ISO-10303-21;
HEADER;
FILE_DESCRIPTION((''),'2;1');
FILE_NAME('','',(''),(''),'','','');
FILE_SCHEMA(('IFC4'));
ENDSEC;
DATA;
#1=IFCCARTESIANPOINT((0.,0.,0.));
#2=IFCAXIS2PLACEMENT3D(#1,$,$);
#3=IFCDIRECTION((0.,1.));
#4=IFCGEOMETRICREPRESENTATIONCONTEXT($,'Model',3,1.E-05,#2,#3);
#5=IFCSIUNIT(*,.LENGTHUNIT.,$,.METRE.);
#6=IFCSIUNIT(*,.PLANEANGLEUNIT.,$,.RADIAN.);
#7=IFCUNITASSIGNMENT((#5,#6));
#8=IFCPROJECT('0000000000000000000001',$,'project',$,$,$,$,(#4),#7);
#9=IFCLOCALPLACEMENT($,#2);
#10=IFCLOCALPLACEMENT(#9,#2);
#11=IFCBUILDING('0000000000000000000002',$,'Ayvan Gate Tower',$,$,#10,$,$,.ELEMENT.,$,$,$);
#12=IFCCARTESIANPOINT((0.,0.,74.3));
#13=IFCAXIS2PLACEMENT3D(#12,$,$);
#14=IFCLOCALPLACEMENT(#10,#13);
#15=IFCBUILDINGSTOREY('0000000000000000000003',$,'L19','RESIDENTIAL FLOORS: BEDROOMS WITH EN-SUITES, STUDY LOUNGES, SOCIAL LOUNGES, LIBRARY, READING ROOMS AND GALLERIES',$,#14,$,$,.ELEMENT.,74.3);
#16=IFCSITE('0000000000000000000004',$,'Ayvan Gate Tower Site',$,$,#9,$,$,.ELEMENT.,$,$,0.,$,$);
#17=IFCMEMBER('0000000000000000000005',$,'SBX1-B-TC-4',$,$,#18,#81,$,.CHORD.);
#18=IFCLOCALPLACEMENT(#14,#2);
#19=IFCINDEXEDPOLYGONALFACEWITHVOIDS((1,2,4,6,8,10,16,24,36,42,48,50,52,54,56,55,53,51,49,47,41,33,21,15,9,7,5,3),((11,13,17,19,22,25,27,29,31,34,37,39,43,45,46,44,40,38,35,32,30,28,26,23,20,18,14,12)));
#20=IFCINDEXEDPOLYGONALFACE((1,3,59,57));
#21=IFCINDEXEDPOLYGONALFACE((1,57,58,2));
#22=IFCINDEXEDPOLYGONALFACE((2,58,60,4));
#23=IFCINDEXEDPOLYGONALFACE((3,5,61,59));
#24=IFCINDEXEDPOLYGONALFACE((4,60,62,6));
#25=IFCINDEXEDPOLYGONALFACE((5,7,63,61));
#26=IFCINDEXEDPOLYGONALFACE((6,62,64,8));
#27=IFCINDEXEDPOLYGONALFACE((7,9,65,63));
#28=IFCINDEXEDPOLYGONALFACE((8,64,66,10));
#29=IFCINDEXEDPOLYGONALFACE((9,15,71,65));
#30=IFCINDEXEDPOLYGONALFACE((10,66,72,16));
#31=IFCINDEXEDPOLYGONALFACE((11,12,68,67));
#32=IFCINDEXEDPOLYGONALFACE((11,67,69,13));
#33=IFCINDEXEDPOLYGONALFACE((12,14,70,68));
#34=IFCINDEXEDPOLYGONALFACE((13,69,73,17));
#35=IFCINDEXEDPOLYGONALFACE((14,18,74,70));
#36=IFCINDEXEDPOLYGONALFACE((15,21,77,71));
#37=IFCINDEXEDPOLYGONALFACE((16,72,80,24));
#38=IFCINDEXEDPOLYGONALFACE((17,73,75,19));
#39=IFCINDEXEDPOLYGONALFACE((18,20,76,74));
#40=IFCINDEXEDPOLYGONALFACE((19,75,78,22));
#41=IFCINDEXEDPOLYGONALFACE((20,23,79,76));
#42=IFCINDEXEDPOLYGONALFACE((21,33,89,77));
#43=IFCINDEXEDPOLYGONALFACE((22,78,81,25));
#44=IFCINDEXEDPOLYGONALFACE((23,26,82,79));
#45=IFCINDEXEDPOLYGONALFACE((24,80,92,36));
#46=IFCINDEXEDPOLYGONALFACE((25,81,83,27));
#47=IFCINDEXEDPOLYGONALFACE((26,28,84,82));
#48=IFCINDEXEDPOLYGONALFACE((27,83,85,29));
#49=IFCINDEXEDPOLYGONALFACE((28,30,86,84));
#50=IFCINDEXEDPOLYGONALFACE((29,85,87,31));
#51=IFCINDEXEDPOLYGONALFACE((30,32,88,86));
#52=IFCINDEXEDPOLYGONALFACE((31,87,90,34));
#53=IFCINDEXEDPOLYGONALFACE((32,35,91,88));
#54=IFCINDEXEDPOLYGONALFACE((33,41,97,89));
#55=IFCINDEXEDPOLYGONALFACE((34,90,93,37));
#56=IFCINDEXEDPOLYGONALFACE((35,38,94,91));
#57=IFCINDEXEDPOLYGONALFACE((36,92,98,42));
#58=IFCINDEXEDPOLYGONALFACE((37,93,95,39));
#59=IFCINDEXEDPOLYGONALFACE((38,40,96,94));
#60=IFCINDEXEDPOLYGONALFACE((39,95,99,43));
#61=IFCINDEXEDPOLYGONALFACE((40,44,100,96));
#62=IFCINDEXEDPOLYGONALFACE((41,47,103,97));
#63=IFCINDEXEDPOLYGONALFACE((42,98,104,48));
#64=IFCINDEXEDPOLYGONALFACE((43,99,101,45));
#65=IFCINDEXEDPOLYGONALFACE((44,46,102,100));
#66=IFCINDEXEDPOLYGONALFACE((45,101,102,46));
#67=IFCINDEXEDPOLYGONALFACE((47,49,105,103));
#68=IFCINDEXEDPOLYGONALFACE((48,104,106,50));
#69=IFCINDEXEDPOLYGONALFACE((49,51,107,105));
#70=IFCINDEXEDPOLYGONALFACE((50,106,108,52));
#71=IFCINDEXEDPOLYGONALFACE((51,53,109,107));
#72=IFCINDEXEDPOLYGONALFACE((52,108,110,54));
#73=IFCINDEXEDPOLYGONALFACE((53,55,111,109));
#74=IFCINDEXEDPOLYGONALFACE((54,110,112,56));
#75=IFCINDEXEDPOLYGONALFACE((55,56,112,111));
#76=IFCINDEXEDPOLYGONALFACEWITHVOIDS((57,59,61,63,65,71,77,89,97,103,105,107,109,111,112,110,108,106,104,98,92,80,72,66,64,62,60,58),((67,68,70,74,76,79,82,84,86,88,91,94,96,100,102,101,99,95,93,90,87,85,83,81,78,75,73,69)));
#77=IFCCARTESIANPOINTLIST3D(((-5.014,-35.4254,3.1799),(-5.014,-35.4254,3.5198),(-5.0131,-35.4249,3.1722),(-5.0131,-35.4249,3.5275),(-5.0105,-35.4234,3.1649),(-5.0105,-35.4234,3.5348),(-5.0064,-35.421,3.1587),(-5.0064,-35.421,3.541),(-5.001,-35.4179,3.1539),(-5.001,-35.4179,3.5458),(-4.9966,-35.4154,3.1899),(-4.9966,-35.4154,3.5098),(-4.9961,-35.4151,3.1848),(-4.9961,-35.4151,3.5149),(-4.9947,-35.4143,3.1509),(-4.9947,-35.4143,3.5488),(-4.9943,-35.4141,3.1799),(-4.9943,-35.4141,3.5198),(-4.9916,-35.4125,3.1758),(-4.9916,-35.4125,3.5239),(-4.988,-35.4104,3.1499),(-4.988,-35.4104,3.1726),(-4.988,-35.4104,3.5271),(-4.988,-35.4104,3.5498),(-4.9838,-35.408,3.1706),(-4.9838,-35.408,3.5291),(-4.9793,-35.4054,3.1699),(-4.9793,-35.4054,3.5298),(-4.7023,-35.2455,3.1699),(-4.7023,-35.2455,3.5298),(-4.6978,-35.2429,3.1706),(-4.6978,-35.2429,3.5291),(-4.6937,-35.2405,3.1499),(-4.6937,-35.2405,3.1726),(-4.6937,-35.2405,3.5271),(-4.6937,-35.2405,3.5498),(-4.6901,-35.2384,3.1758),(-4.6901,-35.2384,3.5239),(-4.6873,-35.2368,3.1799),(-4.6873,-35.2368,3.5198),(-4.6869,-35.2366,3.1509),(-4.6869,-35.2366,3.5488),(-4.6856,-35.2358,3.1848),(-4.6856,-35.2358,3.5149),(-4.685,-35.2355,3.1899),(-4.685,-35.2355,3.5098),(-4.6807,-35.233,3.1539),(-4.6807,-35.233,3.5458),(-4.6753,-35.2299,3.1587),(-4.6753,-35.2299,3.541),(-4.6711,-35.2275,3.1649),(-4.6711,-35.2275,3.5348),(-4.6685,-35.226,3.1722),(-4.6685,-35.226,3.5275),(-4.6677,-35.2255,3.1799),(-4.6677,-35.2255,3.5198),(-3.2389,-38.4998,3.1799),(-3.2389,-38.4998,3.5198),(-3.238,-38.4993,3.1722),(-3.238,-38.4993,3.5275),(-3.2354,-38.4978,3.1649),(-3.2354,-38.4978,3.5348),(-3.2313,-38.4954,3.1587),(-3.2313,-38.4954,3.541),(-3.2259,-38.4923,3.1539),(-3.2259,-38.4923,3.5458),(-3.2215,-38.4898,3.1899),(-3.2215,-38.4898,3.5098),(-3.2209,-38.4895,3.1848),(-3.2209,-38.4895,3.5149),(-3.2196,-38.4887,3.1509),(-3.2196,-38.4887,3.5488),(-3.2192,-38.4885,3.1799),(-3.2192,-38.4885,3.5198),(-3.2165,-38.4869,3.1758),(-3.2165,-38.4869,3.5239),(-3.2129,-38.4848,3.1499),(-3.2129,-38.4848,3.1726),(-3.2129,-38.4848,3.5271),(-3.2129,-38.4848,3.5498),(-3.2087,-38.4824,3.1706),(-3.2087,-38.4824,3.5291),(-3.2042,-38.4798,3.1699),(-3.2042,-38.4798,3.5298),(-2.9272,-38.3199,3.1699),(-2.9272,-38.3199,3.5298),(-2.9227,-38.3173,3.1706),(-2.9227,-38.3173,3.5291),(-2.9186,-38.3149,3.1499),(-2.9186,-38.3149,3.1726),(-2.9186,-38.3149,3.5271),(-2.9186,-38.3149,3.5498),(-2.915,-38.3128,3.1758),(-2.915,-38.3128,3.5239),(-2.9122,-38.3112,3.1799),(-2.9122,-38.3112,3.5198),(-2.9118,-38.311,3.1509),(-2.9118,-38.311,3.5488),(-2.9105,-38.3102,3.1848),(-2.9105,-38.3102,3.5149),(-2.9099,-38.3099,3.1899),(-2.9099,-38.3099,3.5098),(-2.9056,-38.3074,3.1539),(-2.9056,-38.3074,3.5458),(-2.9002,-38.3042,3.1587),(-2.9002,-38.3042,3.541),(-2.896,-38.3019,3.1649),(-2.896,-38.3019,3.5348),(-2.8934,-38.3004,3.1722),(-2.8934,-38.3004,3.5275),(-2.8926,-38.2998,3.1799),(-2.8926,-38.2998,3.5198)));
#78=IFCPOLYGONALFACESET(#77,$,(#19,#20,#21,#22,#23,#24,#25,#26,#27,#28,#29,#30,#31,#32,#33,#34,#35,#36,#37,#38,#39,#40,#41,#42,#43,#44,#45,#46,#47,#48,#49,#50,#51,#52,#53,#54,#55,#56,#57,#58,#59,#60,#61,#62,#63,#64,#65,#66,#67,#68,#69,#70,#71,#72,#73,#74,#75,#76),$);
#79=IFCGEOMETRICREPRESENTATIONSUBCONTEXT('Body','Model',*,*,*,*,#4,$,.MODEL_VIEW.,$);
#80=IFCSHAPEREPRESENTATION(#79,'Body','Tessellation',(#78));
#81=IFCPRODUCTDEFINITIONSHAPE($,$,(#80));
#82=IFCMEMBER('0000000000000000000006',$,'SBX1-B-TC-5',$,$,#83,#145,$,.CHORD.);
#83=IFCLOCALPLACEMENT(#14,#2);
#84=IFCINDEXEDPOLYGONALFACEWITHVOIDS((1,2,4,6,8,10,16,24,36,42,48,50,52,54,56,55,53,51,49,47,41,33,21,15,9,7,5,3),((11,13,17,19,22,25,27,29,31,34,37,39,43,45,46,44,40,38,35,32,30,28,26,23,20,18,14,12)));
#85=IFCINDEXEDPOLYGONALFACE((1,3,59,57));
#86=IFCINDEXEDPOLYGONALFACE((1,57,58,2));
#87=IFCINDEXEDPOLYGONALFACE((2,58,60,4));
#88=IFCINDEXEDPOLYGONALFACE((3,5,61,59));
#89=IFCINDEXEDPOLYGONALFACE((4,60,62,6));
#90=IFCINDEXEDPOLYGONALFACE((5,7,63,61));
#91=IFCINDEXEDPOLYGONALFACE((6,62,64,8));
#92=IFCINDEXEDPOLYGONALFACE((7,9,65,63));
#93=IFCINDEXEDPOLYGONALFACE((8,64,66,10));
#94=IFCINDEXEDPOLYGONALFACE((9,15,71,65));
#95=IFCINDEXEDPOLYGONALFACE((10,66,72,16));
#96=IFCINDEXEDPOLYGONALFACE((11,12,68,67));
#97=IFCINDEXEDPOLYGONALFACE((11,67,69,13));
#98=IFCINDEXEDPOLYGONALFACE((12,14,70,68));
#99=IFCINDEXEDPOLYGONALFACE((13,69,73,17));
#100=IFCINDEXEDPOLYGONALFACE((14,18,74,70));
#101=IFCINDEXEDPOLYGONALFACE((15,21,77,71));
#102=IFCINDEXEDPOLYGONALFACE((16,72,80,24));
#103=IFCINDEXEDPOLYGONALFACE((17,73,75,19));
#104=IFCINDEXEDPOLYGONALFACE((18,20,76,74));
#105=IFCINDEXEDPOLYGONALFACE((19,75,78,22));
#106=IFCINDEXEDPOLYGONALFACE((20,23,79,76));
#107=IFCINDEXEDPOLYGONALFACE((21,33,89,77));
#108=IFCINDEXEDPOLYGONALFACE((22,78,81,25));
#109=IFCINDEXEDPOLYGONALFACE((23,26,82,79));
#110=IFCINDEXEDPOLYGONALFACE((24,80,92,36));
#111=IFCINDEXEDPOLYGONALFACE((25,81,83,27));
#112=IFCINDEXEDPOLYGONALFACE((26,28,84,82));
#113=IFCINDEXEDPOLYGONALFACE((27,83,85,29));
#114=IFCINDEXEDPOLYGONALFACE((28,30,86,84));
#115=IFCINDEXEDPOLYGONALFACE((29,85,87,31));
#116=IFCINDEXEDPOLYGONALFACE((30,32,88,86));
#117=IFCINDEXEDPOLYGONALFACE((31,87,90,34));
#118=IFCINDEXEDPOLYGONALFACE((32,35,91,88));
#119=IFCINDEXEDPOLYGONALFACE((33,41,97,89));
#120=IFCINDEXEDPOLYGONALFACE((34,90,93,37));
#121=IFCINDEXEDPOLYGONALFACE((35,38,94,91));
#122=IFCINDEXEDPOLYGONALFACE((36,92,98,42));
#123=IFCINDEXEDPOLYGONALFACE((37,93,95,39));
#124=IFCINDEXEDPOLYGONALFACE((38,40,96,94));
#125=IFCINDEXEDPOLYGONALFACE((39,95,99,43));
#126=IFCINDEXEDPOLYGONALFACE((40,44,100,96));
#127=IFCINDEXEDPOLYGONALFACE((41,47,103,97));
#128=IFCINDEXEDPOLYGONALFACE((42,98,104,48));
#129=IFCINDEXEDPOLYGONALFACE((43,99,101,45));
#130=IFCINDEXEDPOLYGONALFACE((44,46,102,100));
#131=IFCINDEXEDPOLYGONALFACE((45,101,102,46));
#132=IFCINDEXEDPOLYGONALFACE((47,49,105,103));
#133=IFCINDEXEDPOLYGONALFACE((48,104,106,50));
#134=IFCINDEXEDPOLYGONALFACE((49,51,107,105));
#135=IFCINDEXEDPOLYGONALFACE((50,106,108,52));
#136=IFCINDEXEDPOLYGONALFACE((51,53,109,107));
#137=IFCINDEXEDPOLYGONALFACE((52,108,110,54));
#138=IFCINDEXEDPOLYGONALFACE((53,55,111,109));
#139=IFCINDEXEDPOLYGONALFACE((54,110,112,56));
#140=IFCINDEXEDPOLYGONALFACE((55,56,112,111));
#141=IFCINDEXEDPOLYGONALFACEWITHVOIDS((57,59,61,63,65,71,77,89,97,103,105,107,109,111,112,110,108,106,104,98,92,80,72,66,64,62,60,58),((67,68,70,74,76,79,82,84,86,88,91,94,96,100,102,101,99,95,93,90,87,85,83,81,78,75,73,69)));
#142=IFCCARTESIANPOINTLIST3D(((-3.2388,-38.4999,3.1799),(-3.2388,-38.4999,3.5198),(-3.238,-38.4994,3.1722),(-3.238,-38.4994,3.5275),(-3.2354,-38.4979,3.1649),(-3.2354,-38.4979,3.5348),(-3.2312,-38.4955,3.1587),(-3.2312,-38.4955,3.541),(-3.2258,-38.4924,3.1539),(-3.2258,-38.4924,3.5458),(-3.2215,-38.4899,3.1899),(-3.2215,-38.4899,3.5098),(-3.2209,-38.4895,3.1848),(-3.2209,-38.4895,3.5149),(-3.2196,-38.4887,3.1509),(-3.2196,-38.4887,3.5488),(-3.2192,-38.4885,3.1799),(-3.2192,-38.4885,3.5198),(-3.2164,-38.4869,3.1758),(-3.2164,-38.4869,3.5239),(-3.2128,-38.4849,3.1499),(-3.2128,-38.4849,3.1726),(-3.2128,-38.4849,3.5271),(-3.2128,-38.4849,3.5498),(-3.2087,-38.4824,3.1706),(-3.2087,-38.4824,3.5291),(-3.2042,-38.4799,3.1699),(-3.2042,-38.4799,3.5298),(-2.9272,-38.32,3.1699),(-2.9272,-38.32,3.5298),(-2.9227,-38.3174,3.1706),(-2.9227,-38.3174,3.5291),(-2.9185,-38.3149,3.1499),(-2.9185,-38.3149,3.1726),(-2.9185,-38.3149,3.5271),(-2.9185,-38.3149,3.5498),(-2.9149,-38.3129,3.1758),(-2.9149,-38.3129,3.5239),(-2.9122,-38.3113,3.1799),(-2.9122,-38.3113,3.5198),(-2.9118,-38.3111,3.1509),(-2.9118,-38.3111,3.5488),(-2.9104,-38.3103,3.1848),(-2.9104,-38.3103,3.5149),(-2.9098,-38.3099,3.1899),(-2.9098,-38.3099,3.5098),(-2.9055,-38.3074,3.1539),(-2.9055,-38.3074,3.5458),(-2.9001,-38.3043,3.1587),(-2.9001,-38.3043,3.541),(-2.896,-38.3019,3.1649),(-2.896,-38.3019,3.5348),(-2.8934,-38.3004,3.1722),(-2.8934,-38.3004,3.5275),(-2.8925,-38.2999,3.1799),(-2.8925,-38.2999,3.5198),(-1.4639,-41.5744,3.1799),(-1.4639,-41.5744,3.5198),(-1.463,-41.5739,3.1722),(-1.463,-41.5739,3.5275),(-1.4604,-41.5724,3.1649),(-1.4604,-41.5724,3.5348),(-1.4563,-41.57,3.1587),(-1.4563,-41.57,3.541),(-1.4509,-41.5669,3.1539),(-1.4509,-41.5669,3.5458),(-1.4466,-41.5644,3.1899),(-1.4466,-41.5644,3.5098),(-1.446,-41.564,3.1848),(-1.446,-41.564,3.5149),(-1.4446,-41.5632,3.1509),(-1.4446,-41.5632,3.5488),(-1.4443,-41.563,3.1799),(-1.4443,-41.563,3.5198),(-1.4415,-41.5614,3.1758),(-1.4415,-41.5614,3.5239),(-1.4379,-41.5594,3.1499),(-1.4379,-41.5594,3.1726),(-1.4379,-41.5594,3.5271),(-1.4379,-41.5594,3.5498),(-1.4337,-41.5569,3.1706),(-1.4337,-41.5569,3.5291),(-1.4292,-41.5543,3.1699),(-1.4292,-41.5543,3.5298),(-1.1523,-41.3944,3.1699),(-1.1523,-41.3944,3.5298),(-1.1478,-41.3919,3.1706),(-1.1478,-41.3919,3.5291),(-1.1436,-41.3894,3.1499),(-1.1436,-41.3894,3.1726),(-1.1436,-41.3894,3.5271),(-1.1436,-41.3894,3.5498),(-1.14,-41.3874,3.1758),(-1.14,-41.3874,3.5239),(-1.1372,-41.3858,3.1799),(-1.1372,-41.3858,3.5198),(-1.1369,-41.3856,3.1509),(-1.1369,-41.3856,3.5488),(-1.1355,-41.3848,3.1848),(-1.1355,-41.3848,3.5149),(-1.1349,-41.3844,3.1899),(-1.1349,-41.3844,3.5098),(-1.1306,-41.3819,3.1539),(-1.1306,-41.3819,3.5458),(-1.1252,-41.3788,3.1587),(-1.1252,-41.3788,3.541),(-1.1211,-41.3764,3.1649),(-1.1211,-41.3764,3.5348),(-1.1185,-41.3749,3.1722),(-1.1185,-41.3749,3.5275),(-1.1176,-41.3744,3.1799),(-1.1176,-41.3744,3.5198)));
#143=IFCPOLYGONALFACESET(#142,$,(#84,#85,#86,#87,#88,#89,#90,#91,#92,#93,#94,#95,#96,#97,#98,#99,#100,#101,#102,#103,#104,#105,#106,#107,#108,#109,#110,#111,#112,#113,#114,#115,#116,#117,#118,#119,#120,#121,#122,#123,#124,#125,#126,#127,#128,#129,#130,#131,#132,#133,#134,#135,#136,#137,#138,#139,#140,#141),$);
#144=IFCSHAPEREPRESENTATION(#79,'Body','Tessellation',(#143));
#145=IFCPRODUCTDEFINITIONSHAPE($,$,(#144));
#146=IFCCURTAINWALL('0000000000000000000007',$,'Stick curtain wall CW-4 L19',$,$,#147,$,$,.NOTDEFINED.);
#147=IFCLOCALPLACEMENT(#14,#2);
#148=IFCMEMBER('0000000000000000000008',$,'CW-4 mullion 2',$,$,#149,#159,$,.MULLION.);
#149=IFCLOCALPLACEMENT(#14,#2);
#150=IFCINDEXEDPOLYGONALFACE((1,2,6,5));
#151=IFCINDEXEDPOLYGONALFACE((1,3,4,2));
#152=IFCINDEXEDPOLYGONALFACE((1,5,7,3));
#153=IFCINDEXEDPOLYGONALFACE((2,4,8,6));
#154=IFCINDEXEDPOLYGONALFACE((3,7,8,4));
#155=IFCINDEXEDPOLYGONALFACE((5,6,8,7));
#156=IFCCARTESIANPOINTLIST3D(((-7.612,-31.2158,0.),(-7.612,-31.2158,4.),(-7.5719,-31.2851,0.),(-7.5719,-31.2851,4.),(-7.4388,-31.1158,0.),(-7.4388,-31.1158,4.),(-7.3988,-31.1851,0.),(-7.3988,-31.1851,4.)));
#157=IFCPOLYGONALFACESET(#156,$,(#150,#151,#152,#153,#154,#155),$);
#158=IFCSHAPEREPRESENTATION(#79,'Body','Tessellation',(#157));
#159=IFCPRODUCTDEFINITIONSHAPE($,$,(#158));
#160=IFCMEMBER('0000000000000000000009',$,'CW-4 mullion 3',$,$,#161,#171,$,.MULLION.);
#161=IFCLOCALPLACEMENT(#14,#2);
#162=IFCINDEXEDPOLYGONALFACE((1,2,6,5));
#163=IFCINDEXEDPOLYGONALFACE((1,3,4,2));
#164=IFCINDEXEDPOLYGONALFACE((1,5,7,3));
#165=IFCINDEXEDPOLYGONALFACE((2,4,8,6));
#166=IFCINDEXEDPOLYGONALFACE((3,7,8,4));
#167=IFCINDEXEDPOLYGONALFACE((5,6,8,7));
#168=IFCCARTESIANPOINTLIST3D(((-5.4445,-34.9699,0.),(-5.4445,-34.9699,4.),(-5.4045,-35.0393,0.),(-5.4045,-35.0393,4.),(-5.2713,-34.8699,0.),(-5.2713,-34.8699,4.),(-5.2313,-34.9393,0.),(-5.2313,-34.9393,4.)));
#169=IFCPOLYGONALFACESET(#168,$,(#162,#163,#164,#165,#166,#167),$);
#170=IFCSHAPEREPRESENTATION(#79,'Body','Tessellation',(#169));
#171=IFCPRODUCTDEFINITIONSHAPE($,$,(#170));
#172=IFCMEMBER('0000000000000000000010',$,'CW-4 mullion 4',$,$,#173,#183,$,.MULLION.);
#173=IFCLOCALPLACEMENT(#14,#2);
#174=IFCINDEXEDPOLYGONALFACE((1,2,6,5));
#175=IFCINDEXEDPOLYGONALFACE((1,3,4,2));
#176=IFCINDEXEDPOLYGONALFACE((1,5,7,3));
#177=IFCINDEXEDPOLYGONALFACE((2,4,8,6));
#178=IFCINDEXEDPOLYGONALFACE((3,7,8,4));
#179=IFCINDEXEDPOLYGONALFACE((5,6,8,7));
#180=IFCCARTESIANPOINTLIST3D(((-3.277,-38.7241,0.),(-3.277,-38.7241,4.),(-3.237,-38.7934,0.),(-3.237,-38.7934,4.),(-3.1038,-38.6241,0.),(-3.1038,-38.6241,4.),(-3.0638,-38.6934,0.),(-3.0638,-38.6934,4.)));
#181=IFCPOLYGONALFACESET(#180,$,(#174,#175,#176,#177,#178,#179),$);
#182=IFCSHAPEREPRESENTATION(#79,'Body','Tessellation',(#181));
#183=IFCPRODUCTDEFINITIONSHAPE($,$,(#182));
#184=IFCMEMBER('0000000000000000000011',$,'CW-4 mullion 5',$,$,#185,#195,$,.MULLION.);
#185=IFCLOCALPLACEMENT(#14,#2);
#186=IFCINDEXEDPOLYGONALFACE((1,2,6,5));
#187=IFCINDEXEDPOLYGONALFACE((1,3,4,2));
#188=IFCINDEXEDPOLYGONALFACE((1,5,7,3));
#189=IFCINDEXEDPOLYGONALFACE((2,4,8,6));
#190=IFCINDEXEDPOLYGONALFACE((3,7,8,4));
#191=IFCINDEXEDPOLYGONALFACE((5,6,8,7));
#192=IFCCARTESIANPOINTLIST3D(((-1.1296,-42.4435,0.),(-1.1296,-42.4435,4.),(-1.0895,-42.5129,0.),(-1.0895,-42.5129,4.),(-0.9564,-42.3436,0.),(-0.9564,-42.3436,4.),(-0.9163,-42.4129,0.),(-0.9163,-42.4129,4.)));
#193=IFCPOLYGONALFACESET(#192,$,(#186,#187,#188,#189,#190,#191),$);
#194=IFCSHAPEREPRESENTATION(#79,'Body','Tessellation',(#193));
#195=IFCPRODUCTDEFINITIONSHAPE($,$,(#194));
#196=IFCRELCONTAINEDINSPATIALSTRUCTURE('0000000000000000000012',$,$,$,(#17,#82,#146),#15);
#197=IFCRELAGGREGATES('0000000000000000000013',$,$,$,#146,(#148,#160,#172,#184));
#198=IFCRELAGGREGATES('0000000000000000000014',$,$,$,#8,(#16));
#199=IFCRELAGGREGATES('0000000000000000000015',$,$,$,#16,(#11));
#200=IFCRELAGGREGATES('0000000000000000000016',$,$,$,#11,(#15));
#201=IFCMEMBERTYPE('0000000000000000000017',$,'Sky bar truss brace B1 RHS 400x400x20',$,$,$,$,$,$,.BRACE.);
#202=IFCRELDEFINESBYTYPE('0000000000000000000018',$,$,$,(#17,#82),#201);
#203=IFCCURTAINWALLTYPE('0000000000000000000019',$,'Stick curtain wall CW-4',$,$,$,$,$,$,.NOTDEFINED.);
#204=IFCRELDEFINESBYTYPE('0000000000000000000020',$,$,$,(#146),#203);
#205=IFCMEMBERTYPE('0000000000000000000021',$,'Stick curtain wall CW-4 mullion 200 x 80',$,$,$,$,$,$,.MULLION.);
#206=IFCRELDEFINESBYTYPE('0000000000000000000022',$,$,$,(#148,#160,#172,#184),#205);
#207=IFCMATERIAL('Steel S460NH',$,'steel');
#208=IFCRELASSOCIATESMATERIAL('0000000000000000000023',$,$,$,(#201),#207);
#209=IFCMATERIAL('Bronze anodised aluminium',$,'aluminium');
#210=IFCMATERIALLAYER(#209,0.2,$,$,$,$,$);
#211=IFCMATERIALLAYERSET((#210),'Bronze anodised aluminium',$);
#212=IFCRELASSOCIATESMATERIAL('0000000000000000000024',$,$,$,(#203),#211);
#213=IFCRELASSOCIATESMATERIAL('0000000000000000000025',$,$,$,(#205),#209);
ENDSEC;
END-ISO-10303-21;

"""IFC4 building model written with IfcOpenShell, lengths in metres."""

from ifc_helpers import new_model, si_unit, direction, frame, origin, origin_2d, place, context, subcontext, project, spatial, rectangle, hollow_rectangle, extrude, material, layer, layer_set, material_profile, profile_set, type_object, element, aggregate, save


model = new_model("IFC4")

# Units and contexts
model_context = context("Model", 3, precision=1e-05, world=origin(), true_north=direction((0.0, 1.0)))
body_context = subcontext(model_context, "Body", "Model", "MODEL_VIEW")
ifc_project = project(units=[si_unit("LENGTHUNIT", "METRE"), si_unit("PLANEANGLEUNIT", "RADIAN")], contexts=[model_context])

# Site, building, storey
site_placement = place(None, origin())
site = spatial("IfcSite", under=ifc_project, at=site_placement, Name="Ayvan Gate Tower Site", CompositionType="ELEMENT", RefElevation=0.0)
building_placement = place(site_placement, origin())
building = spatial("IfcBuilding", under=site, at=building_placement, Name="Ayvan Gate Tower", CompositionType="ELEMENT")
storey_placement = place(building_placement, frame((0.0, 0.0, 74.3)))
storey = spatial("IfcBuildingStorey", under=building, at=storey_placement, Name="L19", Description="RESIDENTIAL FLOORS: BEDROOMS WITH EN-SUITES, STUDY LOUNGES, SOCIAL LOUNGES, LIBRARY, READING ROOMS AND GALLERIES", CompositionType="ELEMENT", Elevation=74.3)

# Members
ifc_material_1 = material(Name="Steel S460NH", Category="steel")
ifc_material_profile_1 = material_profile(ifc_material_1, hollow_rectangle(XDim=0.3999, YDim=0.3999, WallThickness=0.02, InnerFilletRadius=0.02, OuterFilletRadius=0.03, at=origin_2d()), Name="RHS 400x400x20")
ifc_profile_set_1 = profile_set([ifc_material_profile_1], Name="Steel S460NH")
member_type_1 = type_object("IfcMemberType", Name="Sky bar truss brace B1 RHS 400x400x20", PredefinedType="BRACE", material=ifc_profile_set_1)
for number, where, z_axis, x_axis, name in (
    (1, (-4.8408, -35.3254, 3.3499), (0.500022, -0.866013, 0.0), (0.866013, 0.500022, 0.0), "SBX1-B-TC-4"),
    (2, (-3.0657, -38.3999, 3.3499), (0.49997, -0.866042, 0.0), (0.866042, 0.49997, 0.0), "SBX1-B-TC-5"),
):
    element("IfcMember", number, at=place(storey_placement, frame(where, z_axis=z_axis, x_axis=x_axis)), inside=storey, type_object=member_type_1, Name=name, PredefinedType="CHORD", context=body_context, shape_type="SweptSolid", body=[
        extrude(hollow_rectangle(XDim=0.3999, YDim=0.3999, WallThickness=0.02, InnerFilletRadius=0.02, OuterFilletRadius=0.03, at=origin_2d()), origin(), (0.0, 0.0, 1.0), 3.55),
    ])

# Curtain wall, members
ifc_material_2 = material(Name="Bronze anodised aluminium", Category="aluminium")
ifc_layer_1 = layer(ifc_material_2, 0.2)
ifc_layer_set_1 = layer_set([ifc_layer_1], Name="Bronze anodised aluminium")
curtain_wall_type = type_object("IfcCurtainWallType", Name="Stick curtain wall CW-4", PredefinedType="NOTDEFINED", material=ifc_layer_set_1)
curtain_wall_1_placement = place(storey_placement, origin())
curtain_wall_1 = element("IfcCurtainWall", 3, at=curtain_wall_1_placement, inside=storey, type_object=curtain_wall_type, Name="Stick curtain wall CW-4 L19", PredefinedType="NOTDEFINED")
ifc_material_profile_2 = material_profile(ifc_material_2, rectangle(XDim=0.2, YDim=0.0801, at=origin_2d()), Name="Stick curtain wall CW-4 mullion 200 x 80")
ifc_profile_set_2 = profile_set([ifc_material_profile_2], Name="Bronze anodised aluminium")
member_type_2 = type_object("IfcMemberType", Name="Stick curtain wall CW-4 mullion 200 x 80", PredefinedType="MULLION", material=ifc_profile_set_2)
member_1_placement = place(storey_placement, frame((-7.5054, -31.2004, 0.0), z_axis=(0.0, 0.0, 1.0), x_axis=(-0.866025, -0.5, 0.0)))
member_1 = element("IfcMember", 4, at=member_1_placement, type_object=member_type_2, Name="CW-4 mullion 2", PredefinedType="MULLION", context=body_context, shape_type="SweptSolid", body=[
    extrude(rectangle(XDim=0.2, YDim=0.0801, at=origin_2d()), origin(), (0.0, 0.0, 1.0), 4.0),
])
member_2_placement = place(storey_placement, frame((-5.3379, -34.9546, 0.0), z_axis=(0.0, 0.0, 1.0), x_axis=(-0.866025, -0.5, 0.0)))
member_2 = element("IfcMember", 5, at=member_2_placement, type_object=member_type_2, Name="CW-4 mullion 3", PredefinedType="MULLION", context=body_context, shape_type="SweptSolid", body=[
    extrude(rectangle(XDim=0.2, YDim=0.0801, at=origin_2d()), origin(), (0.0, 0.0, 1.0), 4.0),
])
member_3_placement = place(storey_placement, frame((-3.1704, -38.7087, 0.0), z_axis=(0.0, 0.0, 1.0), x_axis=(-0.866025, -0.5, 0.0)))
member_3 = element("IfcMember", 6, at=member_3_placement, type_object=member_type_2, Name="CW-4 mullion 4", PredefinedType="MULLION", context=body_context, shape_type="SweptSolid", body=[
    extrude(rectangle(XDim=0.2, YDim=0.0801, at=origin_2d()), origin(), (0.0, 0.0, 1.0), 4.0),
])
member_4_placement = place(storey_placement, frame((-1.0229, -42.4282, 0.0), z_axis=(0.0, 0.0, 1.0), x_axis=(-0.866025, -0.5, 0.0)))
member_4 = element("IfcMember", 7, at=member_4_placement, type_object=member_type_2, Name="CW-4 mullion 5", PredefinedType="MULLION", context=body_context, shape_type="SweptSolid", body=[
    extrude(rectangle(XDim=0.2, YDim=0.0801, at=origin_2d()), origin(), (0.0, 0.0, 1.0), 4.0),
])

aggregate(curtain_wall_1, [member_1, member_2, member_3, member_4])

save(model, "model.ifc")
